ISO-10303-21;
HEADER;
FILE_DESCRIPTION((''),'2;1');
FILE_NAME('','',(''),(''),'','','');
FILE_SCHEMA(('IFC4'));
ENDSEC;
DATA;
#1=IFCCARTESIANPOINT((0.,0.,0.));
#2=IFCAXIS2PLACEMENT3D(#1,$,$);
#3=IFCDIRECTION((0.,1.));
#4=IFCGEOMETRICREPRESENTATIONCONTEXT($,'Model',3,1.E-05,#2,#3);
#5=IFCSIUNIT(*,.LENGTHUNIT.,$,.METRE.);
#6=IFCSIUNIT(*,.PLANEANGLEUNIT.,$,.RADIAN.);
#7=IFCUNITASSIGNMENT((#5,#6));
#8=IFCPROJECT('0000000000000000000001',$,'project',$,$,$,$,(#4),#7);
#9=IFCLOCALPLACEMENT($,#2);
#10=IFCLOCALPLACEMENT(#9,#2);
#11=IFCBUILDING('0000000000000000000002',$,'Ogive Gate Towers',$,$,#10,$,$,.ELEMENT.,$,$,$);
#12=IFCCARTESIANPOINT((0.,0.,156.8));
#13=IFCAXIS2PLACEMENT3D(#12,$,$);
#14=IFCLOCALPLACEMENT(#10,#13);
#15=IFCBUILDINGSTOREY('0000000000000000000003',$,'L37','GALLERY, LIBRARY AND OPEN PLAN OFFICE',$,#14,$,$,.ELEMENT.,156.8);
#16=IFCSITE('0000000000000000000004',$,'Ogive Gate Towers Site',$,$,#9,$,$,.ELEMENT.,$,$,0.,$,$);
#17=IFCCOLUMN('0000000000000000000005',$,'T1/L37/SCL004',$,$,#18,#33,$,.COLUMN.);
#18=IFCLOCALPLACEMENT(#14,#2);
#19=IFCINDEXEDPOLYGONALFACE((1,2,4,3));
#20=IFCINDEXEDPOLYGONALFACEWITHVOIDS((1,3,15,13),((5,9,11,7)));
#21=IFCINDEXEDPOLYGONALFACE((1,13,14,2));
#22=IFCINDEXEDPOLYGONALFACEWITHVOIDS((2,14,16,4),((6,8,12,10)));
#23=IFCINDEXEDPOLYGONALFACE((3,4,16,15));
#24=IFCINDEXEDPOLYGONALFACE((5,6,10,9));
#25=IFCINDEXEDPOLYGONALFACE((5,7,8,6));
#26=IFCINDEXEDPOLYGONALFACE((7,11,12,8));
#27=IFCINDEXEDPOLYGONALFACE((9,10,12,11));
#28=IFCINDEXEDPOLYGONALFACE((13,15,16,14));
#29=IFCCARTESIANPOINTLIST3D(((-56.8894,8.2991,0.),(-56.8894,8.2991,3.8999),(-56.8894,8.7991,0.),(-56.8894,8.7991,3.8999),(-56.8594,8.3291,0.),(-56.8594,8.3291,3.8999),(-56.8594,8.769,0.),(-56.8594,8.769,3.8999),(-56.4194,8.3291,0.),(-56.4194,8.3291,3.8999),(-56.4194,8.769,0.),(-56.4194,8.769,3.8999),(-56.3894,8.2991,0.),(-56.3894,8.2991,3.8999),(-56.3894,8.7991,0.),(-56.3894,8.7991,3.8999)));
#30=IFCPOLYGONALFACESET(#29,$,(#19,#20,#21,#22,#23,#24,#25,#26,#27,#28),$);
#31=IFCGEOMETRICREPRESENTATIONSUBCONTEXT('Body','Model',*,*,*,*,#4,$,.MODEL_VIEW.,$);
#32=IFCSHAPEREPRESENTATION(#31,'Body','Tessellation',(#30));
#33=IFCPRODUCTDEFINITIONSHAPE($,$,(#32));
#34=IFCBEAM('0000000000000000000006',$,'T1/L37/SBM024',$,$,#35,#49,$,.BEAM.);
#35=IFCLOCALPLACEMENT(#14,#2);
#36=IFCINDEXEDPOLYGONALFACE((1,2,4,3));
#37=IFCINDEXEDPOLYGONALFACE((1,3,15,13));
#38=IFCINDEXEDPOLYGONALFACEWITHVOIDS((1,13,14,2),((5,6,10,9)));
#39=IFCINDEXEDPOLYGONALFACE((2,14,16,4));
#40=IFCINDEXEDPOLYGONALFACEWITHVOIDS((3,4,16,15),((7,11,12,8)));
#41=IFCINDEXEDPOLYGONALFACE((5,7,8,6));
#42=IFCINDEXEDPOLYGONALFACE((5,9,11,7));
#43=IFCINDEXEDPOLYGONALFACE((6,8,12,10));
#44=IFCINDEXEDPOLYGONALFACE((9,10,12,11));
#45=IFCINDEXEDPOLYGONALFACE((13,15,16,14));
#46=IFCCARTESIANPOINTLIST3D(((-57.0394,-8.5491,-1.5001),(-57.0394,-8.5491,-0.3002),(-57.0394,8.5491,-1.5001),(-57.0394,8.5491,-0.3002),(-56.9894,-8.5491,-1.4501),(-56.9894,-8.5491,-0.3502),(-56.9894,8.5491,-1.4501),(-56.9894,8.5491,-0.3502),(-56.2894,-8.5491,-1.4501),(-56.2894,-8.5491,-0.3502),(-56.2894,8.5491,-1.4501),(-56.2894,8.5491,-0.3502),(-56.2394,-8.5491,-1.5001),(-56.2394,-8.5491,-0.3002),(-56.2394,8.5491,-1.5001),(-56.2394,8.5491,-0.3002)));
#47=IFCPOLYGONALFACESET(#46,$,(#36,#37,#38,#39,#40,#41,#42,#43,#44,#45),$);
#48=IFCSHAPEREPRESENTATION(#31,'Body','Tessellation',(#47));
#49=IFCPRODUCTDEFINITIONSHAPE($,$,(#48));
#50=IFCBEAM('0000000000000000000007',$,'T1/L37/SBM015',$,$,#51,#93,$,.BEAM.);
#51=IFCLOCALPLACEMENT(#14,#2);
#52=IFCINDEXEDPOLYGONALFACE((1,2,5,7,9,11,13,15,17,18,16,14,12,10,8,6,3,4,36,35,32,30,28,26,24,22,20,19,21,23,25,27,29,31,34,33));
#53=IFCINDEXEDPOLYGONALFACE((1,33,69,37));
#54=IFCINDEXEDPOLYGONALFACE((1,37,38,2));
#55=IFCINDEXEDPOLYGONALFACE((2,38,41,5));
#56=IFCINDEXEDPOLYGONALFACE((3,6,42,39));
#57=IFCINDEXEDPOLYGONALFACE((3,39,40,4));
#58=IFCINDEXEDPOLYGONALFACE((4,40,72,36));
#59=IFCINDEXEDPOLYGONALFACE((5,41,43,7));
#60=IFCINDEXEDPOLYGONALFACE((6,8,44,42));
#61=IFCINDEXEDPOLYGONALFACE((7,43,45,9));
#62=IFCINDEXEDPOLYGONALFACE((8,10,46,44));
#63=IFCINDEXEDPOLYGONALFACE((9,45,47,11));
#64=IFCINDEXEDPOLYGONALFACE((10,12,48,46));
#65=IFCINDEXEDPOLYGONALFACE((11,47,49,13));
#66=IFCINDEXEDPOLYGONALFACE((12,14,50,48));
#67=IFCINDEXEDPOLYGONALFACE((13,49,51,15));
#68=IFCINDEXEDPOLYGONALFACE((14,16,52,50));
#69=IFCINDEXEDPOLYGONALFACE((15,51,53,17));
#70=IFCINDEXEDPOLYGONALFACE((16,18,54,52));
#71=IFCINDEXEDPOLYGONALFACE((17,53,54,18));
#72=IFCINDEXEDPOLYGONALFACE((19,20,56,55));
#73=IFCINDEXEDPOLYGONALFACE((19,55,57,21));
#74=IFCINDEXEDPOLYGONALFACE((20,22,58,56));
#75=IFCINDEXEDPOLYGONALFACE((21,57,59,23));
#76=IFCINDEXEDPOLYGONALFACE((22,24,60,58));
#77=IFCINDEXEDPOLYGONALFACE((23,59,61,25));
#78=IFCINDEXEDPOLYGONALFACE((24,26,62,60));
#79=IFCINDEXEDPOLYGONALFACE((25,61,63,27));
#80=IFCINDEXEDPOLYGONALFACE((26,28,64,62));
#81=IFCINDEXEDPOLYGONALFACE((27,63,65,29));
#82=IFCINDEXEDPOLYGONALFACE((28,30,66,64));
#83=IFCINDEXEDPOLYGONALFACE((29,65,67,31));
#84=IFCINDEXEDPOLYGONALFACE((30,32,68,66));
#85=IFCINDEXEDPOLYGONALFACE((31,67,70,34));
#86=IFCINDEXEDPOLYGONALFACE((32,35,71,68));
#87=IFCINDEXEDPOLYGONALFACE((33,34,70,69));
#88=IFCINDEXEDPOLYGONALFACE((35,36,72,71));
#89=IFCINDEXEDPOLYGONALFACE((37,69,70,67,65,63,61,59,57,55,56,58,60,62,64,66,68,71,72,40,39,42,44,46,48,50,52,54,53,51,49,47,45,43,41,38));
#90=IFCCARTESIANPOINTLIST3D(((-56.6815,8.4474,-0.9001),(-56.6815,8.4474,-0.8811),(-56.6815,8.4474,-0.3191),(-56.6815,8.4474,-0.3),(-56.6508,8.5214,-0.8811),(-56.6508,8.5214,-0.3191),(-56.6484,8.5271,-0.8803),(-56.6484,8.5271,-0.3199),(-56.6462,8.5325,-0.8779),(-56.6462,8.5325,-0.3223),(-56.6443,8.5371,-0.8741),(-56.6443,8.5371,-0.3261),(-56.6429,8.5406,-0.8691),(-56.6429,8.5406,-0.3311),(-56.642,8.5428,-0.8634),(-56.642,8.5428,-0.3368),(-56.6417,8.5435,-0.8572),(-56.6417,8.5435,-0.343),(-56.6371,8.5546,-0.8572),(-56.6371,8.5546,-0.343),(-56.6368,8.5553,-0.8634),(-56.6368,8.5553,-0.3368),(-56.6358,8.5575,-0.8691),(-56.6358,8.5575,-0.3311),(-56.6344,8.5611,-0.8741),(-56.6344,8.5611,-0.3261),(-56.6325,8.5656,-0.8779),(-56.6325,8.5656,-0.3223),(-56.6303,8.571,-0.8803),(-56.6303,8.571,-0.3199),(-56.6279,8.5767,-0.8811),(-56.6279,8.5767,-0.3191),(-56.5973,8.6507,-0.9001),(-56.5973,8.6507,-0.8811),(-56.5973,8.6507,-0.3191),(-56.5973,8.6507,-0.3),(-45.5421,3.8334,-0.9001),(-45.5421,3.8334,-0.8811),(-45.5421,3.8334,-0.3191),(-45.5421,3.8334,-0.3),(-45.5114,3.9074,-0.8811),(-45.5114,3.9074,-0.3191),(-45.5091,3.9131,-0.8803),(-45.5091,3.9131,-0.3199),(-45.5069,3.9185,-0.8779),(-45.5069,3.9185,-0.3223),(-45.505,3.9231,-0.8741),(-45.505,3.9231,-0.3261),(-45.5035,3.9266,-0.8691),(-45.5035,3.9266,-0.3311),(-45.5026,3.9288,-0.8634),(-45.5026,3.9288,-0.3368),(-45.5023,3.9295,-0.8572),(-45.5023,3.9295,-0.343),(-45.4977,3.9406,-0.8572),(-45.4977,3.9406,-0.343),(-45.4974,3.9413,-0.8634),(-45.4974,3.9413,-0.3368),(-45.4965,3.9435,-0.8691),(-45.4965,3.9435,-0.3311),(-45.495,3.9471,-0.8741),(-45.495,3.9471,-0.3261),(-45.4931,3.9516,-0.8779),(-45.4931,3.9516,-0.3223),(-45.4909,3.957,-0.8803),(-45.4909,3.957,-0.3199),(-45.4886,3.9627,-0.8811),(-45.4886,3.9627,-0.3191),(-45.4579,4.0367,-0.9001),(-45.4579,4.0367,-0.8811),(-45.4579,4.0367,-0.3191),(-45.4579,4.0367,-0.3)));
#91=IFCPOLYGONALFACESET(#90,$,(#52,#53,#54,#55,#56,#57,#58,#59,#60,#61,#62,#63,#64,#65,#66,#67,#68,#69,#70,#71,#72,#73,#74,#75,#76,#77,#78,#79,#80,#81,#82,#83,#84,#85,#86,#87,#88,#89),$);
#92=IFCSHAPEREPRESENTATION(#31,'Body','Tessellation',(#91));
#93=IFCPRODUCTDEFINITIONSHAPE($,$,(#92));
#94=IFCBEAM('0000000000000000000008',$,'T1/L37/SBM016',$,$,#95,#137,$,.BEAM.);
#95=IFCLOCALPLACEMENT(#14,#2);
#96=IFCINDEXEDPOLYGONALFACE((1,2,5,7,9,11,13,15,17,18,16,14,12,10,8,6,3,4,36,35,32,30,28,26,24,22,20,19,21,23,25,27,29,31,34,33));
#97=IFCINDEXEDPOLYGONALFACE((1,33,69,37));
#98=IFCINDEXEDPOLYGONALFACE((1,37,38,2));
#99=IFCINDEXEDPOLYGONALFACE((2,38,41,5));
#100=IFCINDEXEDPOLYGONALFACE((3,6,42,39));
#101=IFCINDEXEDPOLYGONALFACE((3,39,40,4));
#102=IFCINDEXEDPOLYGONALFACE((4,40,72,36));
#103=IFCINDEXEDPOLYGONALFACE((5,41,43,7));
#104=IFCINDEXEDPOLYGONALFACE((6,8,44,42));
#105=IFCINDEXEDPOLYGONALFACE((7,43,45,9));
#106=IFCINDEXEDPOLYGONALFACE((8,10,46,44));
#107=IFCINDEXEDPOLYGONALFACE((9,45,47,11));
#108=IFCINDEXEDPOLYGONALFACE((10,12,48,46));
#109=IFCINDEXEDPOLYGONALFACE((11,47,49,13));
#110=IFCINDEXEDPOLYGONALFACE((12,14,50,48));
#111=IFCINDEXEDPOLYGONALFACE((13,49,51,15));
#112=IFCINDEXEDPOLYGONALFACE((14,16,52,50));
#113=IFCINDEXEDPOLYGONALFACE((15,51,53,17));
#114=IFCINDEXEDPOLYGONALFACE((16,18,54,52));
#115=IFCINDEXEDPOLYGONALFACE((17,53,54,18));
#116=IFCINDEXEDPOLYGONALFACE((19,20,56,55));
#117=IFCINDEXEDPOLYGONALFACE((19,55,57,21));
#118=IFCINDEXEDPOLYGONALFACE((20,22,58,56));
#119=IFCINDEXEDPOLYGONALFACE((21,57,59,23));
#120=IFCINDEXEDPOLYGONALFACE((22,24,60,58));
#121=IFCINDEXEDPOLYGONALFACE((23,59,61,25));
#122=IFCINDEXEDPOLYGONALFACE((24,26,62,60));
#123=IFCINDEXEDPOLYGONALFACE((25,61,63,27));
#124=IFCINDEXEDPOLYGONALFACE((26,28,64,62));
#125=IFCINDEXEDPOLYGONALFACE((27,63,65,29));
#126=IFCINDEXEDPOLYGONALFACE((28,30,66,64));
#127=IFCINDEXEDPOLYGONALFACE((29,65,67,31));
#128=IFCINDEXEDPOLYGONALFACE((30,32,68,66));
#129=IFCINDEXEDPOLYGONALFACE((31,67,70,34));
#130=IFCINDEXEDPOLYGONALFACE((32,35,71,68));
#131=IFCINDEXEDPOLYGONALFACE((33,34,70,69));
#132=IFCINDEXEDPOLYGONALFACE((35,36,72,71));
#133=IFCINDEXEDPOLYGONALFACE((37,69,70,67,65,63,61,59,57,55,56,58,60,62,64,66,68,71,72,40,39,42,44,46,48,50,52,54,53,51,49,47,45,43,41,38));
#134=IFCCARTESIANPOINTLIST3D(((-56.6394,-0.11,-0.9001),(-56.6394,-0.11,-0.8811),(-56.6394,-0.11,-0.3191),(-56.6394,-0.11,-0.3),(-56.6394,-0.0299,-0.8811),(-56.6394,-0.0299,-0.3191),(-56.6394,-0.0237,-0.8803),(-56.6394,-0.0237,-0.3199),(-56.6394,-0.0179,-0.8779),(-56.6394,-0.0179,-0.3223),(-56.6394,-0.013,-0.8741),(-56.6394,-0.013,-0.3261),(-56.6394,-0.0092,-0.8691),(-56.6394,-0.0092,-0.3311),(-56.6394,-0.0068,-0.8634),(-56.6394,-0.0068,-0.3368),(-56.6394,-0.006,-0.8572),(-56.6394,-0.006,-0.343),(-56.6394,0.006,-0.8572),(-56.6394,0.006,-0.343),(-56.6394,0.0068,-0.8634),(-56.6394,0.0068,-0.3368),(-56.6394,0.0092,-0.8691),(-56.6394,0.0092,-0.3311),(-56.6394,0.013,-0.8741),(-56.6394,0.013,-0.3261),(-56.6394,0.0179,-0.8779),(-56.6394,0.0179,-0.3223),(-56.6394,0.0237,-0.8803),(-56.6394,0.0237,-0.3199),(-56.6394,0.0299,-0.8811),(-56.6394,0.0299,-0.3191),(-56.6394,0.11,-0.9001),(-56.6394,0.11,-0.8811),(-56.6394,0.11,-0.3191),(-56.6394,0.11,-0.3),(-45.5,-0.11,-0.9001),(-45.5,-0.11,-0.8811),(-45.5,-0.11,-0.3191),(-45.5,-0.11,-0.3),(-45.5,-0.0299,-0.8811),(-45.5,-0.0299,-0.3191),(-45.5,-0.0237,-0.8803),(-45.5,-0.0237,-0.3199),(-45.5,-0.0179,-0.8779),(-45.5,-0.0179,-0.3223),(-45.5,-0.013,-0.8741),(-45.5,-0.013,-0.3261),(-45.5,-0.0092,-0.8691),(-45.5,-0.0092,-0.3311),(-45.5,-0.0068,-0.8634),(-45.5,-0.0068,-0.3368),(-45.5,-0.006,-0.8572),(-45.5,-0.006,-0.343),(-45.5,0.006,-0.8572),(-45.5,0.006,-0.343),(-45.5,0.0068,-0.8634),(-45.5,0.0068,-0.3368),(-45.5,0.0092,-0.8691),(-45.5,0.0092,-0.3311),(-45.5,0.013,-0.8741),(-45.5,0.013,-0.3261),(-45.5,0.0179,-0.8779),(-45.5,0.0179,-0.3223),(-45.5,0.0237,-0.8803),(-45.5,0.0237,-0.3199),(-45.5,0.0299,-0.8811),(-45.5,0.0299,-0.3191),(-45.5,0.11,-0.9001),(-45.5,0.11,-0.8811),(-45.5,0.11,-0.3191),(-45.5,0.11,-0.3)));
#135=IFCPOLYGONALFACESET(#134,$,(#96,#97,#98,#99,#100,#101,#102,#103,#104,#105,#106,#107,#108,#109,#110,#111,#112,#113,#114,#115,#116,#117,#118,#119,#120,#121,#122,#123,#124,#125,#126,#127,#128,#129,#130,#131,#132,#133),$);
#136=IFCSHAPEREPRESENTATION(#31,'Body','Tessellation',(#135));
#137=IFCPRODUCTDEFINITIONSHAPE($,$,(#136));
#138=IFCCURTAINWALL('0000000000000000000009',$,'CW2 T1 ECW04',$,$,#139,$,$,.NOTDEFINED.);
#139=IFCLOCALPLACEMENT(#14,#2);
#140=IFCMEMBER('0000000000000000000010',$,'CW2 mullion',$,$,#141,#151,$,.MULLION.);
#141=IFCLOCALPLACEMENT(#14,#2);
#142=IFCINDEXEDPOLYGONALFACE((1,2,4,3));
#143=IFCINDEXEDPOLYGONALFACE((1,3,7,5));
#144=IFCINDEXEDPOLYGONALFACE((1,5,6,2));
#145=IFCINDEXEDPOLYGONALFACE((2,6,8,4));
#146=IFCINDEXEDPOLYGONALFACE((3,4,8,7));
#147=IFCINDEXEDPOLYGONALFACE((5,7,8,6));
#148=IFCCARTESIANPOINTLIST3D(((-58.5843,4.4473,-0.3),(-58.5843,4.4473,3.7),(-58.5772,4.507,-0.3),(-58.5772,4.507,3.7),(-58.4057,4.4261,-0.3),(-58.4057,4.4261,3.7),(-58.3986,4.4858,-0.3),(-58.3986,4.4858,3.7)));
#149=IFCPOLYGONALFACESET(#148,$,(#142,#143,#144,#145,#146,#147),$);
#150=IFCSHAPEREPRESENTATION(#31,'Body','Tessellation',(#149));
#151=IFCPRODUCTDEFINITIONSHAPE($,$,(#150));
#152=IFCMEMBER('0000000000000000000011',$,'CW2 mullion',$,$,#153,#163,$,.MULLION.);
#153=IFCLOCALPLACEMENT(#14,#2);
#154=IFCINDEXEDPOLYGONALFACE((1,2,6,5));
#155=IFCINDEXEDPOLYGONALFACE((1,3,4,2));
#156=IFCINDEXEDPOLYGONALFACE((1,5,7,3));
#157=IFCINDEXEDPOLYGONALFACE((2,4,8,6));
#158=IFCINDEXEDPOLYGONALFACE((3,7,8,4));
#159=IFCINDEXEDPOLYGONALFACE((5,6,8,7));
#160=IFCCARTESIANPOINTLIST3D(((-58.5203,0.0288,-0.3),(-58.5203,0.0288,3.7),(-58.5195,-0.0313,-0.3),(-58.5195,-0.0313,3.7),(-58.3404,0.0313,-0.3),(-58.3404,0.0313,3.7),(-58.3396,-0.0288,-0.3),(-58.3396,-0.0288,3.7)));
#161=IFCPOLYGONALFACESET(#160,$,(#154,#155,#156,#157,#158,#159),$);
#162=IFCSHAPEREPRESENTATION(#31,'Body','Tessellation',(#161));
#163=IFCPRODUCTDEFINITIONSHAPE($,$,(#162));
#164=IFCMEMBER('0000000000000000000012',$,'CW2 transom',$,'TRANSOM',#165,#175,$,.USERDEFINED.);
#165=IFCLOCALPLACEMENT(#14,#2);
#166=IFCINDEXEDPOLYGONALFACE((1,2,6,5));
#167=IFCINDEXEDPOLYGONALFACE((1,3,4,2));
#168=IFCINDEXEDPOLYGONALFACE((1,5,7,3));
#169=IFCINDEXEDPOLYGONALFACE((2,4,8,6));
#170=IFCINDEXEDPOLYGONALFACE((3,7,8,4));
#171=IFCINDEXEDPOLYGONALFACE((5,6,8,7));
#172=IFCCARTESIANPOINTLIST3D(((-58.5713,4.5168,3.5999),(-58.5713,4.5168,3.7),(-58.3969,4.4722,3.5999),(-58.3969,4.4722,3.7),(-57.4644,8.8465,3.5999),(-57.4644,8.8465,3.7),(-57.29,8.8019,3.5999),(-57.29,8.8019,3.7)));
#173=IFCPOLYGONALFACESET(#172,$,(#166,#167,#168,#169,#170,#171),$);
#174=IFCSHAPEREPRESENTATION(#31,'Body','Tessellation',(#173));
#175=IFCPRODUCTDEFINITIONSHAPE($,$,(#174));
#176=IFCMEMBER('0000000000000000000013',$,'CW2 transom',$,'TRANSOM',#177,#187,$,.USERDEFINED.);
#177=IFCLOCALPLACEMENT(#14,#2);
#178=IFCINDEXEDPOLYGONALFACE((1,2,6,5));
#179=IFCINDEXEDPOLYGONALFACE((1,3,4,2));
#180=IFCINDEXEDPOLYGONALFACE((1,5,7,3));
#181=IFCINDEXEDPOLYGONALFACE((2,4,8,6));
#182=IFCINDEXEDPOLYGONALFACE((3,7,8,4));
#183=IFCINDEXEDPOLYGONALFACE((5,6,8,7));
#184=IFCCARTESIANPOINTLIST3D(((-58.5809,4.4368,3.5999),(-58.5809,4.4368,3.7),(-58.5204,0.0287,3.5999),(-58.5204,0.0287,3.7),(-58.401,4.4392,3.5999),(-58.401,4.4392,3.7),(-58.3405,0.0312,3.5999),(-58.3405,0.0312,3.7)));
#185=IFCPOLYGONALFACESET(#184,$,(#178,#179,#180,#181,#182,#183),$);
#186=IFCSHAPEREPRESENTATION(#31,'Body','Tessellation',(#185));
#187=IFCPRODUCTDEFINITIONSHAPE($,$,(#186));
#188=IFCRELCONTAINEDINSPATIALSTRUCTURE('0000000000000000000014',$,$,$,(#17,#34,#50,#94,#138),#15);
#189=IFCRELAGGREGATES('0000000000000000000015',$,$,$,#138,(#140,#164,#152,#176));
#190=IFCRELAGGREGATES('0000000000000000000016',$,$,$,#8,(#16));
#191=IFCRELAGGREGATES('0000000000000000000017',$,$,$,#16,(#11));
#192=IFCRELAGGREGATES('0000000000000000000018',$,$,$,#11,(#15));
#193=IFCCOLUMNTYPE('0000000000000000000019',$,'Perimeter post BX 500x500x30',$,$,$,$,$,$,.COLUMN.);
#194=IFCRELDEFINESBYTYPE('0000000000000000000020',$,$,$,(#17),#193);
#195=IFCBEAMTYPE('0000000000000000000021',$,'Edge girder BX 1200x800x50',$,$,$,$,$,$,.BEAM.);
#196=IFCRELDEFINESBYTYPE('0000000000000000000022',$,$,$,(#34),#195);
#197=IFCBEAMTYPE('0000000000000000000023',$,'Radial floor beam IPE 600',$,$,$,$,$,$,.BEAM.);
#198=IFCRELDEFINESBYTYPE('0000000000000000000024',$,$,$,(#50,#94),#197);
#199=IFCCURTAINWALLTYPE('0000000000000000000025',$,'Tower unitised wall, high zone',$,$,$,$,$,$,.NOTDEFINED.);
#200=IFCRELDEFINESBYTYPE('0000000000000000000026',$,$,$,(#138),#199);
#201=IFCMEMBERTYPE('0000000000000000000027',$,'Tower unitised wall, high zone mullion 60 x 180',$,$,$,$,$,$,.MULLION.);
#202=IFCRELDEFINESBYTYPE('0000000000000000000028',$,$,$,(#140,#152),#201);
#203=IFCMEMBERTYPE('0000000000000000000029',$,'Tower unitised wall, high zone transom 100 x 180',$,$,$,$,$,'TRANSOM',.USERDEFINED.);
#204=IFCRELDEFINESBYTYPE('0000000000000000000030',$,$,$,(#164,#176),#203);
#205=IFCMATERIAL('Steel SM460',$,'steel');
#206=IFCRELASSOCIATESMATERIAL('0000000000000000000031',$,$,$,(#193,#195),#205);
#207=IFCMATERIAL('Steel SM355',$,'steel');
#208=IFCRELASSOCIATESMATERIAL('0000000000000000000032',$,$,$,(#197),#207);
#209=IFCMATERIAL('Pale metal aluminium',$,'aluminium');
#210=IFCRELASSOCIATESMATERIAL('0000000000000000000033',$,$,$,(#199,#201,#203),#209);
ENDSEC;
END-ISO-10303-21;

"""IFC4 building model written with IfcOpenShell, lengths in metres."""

from ifc_helpers import new_model, si_unit, direction, frame, origin, origin_2d, place, context, subcontext, project, spatial, rectangle, hollow_rectangle, i_section, extrude, material, material_profile, profile_set, type_object, element, aggregate, save


model = new_model("IFC4")

# Units and contexts
model_context = context("Model", 3, precision=1e-05, world=origin(), true_north=direction((0.0, 1.0)))
body_context = subcontext(model_context, "Body", "Model", "MODEL_VIEW")
ifc_project = project(units=[si_unit("LENGTHUNIT", "METRE"), si_unit("PLANEANGLEUNIT", "RADIAN")], contexts=[model_context])

# Site, building, storey
site_placement = place(None, origin())
site = spatial("IfcSite", under=ifc_project, at=site_placement, Name="Ogive Gate Towers Site", CompositionType="ELEMENT", RefElevation=0.0)
building_placement = place(site_placement, origin())
building = spatial("IfcBuilding", under=site, at=building_placement, Name="Ogive Gate Towers", CompositionType="ELEMENT")
storey_placement = place(building_placement, frame((0.0, 0.0, 156.8)))
storey = spatial("IfcBuildingStorey", under=building, at=storey_placement, Name="L37", Description="GALLERY, LIBRARY AND OPEN PLAN OFFICE", CompositionType="ELEMENT", Elevation=156.8)

# Column
ifc_material_1 = material(Name="Steel SM460", Category="steel")
ifc_material_profile_1 = material_profile(ifc_material_1, hollow_rectangle(XDim=0.5, YDim=0.5, WallThickness=0.03, at=origin_2d()), Name="BX 500x500x30")
ifc_profile_set_1 = profile_set([ifc_material_profile_1], Name="Steel SM460")
column_type = type_object("IfcColumnType", Name="Perimeter post BX 500x500x30", PredefinedType="COLUMN", material=ifc_profile_set_1)
column_placement = place(storey_placement, frame((-56.6394, 8.5491, 0.0), z_axis=(0.0, 0.0, 1.0), x_axis=(1.0, 0.0, 0.0)))
element("IfcColumn", 1, at=column_placement, inside=storey, type_object=column_type, Name="T1/L37/SCL004", PredefinedType="COLUMN", context=body_context, shape_type="SweptSolid", body=[
    extrude(hollow_rectangle(XDim=0.5, YDim=0.5, WallThickness=0.03, at=origin_2d()), origin(), (0.0, 0.0, 1.0), 3.8999),
])

# Beams
ifc_material_profile_2 = material_profile(ifc_material_1, hollow_rectangle(XDim=0.8, YDim=1.2, WallThickness=0.05, at=origin_2d()), Name="BX 1200x800x50")
ifc_profile_set_2 = profile_set([ifc_material_profile_2], Name="Steel SM460")
beam_type_1 = type_object("IfcBeamType", Name="Edge girder BX 1200x800x50", PredefinedType="BEAM", material=ifc_profile_set_2)
beam_1_placement = place(storey_placement, frame((-56.6394, 8.5491, -0.9001), z_axis=(0.0, -1.0, 0.0), x_axis=(1.0, 0.0, 0.0)))
element("IfcBeam", 2, at=beam_1_placement, inside=storey, type_object=beam_type_1, Name="T1/L37/SBM024", PredefinedType="BEAM", context=body_context, shape_type="SweptSolid", body=[
    extrude(hollow_rectangle(XDim=0.8, YDim=1.2, WallThickness=0.05, at=origin_2d()), origin(), (0.0, 0.0, 1.0), 17.0981),
])
ifc_material_2 = material(Name="Steel SM355", Category="steel")
ifc_material_profile_3 = material_profile(ifc_material_2, i_section(OverallWidth=0.22, OverallDepth=0.6001, WebThickness=0.012, FlangeThickness=0.019, FilletRadius=0.0239, at=origin_2d()), Name="IPE 600")
ifc_profile_set_3 = profile_set([ifc_material_profile_3], Name="Steel SM355")
beam_type_2 = type_object("IfcBeamType", Name="Radial floor beam IPE 600", PredefinedType="BEAM", material=ifc_profile_set_3)
beam_2_placement = place(storey_placement, frame((-45.5, 3.9351, -0.6001), z_axis=(-0.923882, 0.382678, 0.0), x_axis=(-0.382678, -0.923882, 0.0)))
element("IfcBeam", 3, at=beam_2_placement, inside=storey, type_object=beam_type_2, Name="T1/L37/SBM015", PredefinedType="BEAM", context=body_context, shape_type="SweptSolid", body=[
    extrude(i_section(OverallWidth=0.22, OverallDepth=0.6001, WebThickness=0.012, FlangeThickness=0.019, FilletRadius=0.0239, at=origin_2d()), origin(), (0.0, 0.0, 1.0), 12.0571),
])
beam_3_placement = place(storey_placement, frame((-45.5, 0.0, -0.6001), z_axis=(-1.0, 0.0, 0.0), x_axis=(0.0, -1.0, 0.0)))
element("IfcBeam", 4, at=beam_3_placement, inside=storey, type_object=beam_type_2, Name="T1/L37/SBM016", PredefinedType="BEAM", context=body_context, shape_type="SweptSolid", body=[
    extrude(i_section(OverallWidth=0.22, OverallDepth=0.6001, WebThickness=0.012, FlangeThickness=0.019, FilletRadius=0.0239, at=origin_2d()), origin(), (0.0, 0.0, 1.0), 11.1394),
])

# Curtain wall, members
ifc_material_3 = material(Name="Pale metal aluminium", Category="aluminium")
curtain_wall_type = type_object("IfcCurtainWallType", Name="Tower unitised wall, high zone", PredefinedType="NOTDEFINED", material=ifc_material_3)
curtain_wall_placement = place(storey_placement, origin())
curtain_wall = element("IfcCurtainWall", 5, at=curtain_wall_placement, inside=storey, type_object=curtain_wall_type, Name="CW2 T1 ECW04", PredefinedType="NOTDEFINED")
ifc_material_profile_4 = material_profile(ifc_material_3, rectangle(XDim=0.1799, YDim=0.0601, at=origin_2d()), Name="60 x 180 aluminium box")
ifc_profile_set_4 = profile_set([ifc_material_profile_4], Name="Pale metal aluminium")
member_type_1 = type_object("IfcMemberType", Name="Tower unitised wall, high zone mullion 60 x 180", PredefinedType="MULLION", material=ifc_profile_set_4)
member_1_placement = place(storey_placement, frame((-58.4915, 4.4666, -0.3), z_axis=(0.0, 0.0, 1.0), x_axis=(-0.993013, 0.118005, 0.0)))
member_1 = element("IfcMember", 6, at=member_1_placement, type_object=member_type_1, Name="CW2 mullion", PredefinedType="MULLION", context=body_context, shape_type="SweptSolid", body=[
    extrude(rectangle(XDim=0.1799, YDim=0.0601, at=origin_2d()), origin(), (0.0, 0.0, 1.0), 4.0),
])
member_2_placement = place(storey_placement, frame((-58.4299, 0.0, -0.3), z_axis=(0.0, 0.0, 1.0), x_axis=(-0.999906, -0.013718, 0.0)))
member_2 = element("IfcMember", 7, at=member_2_placement, type_object=member_type_1, Name="CW2 mullion", PredefinedType="MULLION", context=body_context, shape_type="SweptSolid", body=[
    extrude(rectangle(XDim=0.1799, YDim=0.0601, at=origin_2d()), origin(), (0.0, 0.0, 1.0), 4.0),
])
ifc_material_profile_5 = material_profile(ifc_material_3, rectangle(XDim=0.1799, YDim=0.1001, at=origin_2d()), Name="100 x 180 aluminium box")
ifc_profile_set_5 = profile_set([ifc_material_profile_5], Name="Pale metal aluminium")
member_type_2 = type_object("IfcMemberType", Name="Tower unitised wall, high zone transom 100 x 180", ElementType="TRANSOM", PredefinedType="USERDEFINED", material=ifc_profile_set_5)
member_3_placement = place(storey_placement, frame((-57.3772, 8.8242, 3.6499), z_axis=(-0.247687, -0.96884, 0.0), x_axis=(0.96884, -0.247687, 0.0)))
member_3 = element("IfcMember", 8, at=member_3_placement, type_object=member_type_2, Name="CW2 transom", ObjectType="TRANSOM", PredefinedType="USERDEFINED", context=body_context, shape_type="SweptSolid", body=[
    extrude(rectangle(XDim=0.1799, YDim=0.1001, at=origin_2d()), origin(), (0.0, 0.0, 1.0), 4.469),
])
member_4_placement = place(storey_placement, frame((-58.491, 4.438, 3.6499), z_axis=(0.013735, -0.999906, 0.0), x_axis=(0.999906, 0.013735, 0.0)))
member_4 = element("IfcMember", 9, at=member_4_placement, type_object=member_type_2, Name="CW2 transom", ObjectType="TRANSOM", PredefinedType="USERDEFINED", context=body_context, shape_type="SweptSolid", body=[
    extrude(rectangle(XDim=0.1799, YDim=0.1001, at=origin_2d()), origin(), (0.0, 0.0, 1.0), 4.4084),
])
aggregate(curtain_wall, [member_1, member_3, member_2, member_4])

save(model, "model.ifc")
